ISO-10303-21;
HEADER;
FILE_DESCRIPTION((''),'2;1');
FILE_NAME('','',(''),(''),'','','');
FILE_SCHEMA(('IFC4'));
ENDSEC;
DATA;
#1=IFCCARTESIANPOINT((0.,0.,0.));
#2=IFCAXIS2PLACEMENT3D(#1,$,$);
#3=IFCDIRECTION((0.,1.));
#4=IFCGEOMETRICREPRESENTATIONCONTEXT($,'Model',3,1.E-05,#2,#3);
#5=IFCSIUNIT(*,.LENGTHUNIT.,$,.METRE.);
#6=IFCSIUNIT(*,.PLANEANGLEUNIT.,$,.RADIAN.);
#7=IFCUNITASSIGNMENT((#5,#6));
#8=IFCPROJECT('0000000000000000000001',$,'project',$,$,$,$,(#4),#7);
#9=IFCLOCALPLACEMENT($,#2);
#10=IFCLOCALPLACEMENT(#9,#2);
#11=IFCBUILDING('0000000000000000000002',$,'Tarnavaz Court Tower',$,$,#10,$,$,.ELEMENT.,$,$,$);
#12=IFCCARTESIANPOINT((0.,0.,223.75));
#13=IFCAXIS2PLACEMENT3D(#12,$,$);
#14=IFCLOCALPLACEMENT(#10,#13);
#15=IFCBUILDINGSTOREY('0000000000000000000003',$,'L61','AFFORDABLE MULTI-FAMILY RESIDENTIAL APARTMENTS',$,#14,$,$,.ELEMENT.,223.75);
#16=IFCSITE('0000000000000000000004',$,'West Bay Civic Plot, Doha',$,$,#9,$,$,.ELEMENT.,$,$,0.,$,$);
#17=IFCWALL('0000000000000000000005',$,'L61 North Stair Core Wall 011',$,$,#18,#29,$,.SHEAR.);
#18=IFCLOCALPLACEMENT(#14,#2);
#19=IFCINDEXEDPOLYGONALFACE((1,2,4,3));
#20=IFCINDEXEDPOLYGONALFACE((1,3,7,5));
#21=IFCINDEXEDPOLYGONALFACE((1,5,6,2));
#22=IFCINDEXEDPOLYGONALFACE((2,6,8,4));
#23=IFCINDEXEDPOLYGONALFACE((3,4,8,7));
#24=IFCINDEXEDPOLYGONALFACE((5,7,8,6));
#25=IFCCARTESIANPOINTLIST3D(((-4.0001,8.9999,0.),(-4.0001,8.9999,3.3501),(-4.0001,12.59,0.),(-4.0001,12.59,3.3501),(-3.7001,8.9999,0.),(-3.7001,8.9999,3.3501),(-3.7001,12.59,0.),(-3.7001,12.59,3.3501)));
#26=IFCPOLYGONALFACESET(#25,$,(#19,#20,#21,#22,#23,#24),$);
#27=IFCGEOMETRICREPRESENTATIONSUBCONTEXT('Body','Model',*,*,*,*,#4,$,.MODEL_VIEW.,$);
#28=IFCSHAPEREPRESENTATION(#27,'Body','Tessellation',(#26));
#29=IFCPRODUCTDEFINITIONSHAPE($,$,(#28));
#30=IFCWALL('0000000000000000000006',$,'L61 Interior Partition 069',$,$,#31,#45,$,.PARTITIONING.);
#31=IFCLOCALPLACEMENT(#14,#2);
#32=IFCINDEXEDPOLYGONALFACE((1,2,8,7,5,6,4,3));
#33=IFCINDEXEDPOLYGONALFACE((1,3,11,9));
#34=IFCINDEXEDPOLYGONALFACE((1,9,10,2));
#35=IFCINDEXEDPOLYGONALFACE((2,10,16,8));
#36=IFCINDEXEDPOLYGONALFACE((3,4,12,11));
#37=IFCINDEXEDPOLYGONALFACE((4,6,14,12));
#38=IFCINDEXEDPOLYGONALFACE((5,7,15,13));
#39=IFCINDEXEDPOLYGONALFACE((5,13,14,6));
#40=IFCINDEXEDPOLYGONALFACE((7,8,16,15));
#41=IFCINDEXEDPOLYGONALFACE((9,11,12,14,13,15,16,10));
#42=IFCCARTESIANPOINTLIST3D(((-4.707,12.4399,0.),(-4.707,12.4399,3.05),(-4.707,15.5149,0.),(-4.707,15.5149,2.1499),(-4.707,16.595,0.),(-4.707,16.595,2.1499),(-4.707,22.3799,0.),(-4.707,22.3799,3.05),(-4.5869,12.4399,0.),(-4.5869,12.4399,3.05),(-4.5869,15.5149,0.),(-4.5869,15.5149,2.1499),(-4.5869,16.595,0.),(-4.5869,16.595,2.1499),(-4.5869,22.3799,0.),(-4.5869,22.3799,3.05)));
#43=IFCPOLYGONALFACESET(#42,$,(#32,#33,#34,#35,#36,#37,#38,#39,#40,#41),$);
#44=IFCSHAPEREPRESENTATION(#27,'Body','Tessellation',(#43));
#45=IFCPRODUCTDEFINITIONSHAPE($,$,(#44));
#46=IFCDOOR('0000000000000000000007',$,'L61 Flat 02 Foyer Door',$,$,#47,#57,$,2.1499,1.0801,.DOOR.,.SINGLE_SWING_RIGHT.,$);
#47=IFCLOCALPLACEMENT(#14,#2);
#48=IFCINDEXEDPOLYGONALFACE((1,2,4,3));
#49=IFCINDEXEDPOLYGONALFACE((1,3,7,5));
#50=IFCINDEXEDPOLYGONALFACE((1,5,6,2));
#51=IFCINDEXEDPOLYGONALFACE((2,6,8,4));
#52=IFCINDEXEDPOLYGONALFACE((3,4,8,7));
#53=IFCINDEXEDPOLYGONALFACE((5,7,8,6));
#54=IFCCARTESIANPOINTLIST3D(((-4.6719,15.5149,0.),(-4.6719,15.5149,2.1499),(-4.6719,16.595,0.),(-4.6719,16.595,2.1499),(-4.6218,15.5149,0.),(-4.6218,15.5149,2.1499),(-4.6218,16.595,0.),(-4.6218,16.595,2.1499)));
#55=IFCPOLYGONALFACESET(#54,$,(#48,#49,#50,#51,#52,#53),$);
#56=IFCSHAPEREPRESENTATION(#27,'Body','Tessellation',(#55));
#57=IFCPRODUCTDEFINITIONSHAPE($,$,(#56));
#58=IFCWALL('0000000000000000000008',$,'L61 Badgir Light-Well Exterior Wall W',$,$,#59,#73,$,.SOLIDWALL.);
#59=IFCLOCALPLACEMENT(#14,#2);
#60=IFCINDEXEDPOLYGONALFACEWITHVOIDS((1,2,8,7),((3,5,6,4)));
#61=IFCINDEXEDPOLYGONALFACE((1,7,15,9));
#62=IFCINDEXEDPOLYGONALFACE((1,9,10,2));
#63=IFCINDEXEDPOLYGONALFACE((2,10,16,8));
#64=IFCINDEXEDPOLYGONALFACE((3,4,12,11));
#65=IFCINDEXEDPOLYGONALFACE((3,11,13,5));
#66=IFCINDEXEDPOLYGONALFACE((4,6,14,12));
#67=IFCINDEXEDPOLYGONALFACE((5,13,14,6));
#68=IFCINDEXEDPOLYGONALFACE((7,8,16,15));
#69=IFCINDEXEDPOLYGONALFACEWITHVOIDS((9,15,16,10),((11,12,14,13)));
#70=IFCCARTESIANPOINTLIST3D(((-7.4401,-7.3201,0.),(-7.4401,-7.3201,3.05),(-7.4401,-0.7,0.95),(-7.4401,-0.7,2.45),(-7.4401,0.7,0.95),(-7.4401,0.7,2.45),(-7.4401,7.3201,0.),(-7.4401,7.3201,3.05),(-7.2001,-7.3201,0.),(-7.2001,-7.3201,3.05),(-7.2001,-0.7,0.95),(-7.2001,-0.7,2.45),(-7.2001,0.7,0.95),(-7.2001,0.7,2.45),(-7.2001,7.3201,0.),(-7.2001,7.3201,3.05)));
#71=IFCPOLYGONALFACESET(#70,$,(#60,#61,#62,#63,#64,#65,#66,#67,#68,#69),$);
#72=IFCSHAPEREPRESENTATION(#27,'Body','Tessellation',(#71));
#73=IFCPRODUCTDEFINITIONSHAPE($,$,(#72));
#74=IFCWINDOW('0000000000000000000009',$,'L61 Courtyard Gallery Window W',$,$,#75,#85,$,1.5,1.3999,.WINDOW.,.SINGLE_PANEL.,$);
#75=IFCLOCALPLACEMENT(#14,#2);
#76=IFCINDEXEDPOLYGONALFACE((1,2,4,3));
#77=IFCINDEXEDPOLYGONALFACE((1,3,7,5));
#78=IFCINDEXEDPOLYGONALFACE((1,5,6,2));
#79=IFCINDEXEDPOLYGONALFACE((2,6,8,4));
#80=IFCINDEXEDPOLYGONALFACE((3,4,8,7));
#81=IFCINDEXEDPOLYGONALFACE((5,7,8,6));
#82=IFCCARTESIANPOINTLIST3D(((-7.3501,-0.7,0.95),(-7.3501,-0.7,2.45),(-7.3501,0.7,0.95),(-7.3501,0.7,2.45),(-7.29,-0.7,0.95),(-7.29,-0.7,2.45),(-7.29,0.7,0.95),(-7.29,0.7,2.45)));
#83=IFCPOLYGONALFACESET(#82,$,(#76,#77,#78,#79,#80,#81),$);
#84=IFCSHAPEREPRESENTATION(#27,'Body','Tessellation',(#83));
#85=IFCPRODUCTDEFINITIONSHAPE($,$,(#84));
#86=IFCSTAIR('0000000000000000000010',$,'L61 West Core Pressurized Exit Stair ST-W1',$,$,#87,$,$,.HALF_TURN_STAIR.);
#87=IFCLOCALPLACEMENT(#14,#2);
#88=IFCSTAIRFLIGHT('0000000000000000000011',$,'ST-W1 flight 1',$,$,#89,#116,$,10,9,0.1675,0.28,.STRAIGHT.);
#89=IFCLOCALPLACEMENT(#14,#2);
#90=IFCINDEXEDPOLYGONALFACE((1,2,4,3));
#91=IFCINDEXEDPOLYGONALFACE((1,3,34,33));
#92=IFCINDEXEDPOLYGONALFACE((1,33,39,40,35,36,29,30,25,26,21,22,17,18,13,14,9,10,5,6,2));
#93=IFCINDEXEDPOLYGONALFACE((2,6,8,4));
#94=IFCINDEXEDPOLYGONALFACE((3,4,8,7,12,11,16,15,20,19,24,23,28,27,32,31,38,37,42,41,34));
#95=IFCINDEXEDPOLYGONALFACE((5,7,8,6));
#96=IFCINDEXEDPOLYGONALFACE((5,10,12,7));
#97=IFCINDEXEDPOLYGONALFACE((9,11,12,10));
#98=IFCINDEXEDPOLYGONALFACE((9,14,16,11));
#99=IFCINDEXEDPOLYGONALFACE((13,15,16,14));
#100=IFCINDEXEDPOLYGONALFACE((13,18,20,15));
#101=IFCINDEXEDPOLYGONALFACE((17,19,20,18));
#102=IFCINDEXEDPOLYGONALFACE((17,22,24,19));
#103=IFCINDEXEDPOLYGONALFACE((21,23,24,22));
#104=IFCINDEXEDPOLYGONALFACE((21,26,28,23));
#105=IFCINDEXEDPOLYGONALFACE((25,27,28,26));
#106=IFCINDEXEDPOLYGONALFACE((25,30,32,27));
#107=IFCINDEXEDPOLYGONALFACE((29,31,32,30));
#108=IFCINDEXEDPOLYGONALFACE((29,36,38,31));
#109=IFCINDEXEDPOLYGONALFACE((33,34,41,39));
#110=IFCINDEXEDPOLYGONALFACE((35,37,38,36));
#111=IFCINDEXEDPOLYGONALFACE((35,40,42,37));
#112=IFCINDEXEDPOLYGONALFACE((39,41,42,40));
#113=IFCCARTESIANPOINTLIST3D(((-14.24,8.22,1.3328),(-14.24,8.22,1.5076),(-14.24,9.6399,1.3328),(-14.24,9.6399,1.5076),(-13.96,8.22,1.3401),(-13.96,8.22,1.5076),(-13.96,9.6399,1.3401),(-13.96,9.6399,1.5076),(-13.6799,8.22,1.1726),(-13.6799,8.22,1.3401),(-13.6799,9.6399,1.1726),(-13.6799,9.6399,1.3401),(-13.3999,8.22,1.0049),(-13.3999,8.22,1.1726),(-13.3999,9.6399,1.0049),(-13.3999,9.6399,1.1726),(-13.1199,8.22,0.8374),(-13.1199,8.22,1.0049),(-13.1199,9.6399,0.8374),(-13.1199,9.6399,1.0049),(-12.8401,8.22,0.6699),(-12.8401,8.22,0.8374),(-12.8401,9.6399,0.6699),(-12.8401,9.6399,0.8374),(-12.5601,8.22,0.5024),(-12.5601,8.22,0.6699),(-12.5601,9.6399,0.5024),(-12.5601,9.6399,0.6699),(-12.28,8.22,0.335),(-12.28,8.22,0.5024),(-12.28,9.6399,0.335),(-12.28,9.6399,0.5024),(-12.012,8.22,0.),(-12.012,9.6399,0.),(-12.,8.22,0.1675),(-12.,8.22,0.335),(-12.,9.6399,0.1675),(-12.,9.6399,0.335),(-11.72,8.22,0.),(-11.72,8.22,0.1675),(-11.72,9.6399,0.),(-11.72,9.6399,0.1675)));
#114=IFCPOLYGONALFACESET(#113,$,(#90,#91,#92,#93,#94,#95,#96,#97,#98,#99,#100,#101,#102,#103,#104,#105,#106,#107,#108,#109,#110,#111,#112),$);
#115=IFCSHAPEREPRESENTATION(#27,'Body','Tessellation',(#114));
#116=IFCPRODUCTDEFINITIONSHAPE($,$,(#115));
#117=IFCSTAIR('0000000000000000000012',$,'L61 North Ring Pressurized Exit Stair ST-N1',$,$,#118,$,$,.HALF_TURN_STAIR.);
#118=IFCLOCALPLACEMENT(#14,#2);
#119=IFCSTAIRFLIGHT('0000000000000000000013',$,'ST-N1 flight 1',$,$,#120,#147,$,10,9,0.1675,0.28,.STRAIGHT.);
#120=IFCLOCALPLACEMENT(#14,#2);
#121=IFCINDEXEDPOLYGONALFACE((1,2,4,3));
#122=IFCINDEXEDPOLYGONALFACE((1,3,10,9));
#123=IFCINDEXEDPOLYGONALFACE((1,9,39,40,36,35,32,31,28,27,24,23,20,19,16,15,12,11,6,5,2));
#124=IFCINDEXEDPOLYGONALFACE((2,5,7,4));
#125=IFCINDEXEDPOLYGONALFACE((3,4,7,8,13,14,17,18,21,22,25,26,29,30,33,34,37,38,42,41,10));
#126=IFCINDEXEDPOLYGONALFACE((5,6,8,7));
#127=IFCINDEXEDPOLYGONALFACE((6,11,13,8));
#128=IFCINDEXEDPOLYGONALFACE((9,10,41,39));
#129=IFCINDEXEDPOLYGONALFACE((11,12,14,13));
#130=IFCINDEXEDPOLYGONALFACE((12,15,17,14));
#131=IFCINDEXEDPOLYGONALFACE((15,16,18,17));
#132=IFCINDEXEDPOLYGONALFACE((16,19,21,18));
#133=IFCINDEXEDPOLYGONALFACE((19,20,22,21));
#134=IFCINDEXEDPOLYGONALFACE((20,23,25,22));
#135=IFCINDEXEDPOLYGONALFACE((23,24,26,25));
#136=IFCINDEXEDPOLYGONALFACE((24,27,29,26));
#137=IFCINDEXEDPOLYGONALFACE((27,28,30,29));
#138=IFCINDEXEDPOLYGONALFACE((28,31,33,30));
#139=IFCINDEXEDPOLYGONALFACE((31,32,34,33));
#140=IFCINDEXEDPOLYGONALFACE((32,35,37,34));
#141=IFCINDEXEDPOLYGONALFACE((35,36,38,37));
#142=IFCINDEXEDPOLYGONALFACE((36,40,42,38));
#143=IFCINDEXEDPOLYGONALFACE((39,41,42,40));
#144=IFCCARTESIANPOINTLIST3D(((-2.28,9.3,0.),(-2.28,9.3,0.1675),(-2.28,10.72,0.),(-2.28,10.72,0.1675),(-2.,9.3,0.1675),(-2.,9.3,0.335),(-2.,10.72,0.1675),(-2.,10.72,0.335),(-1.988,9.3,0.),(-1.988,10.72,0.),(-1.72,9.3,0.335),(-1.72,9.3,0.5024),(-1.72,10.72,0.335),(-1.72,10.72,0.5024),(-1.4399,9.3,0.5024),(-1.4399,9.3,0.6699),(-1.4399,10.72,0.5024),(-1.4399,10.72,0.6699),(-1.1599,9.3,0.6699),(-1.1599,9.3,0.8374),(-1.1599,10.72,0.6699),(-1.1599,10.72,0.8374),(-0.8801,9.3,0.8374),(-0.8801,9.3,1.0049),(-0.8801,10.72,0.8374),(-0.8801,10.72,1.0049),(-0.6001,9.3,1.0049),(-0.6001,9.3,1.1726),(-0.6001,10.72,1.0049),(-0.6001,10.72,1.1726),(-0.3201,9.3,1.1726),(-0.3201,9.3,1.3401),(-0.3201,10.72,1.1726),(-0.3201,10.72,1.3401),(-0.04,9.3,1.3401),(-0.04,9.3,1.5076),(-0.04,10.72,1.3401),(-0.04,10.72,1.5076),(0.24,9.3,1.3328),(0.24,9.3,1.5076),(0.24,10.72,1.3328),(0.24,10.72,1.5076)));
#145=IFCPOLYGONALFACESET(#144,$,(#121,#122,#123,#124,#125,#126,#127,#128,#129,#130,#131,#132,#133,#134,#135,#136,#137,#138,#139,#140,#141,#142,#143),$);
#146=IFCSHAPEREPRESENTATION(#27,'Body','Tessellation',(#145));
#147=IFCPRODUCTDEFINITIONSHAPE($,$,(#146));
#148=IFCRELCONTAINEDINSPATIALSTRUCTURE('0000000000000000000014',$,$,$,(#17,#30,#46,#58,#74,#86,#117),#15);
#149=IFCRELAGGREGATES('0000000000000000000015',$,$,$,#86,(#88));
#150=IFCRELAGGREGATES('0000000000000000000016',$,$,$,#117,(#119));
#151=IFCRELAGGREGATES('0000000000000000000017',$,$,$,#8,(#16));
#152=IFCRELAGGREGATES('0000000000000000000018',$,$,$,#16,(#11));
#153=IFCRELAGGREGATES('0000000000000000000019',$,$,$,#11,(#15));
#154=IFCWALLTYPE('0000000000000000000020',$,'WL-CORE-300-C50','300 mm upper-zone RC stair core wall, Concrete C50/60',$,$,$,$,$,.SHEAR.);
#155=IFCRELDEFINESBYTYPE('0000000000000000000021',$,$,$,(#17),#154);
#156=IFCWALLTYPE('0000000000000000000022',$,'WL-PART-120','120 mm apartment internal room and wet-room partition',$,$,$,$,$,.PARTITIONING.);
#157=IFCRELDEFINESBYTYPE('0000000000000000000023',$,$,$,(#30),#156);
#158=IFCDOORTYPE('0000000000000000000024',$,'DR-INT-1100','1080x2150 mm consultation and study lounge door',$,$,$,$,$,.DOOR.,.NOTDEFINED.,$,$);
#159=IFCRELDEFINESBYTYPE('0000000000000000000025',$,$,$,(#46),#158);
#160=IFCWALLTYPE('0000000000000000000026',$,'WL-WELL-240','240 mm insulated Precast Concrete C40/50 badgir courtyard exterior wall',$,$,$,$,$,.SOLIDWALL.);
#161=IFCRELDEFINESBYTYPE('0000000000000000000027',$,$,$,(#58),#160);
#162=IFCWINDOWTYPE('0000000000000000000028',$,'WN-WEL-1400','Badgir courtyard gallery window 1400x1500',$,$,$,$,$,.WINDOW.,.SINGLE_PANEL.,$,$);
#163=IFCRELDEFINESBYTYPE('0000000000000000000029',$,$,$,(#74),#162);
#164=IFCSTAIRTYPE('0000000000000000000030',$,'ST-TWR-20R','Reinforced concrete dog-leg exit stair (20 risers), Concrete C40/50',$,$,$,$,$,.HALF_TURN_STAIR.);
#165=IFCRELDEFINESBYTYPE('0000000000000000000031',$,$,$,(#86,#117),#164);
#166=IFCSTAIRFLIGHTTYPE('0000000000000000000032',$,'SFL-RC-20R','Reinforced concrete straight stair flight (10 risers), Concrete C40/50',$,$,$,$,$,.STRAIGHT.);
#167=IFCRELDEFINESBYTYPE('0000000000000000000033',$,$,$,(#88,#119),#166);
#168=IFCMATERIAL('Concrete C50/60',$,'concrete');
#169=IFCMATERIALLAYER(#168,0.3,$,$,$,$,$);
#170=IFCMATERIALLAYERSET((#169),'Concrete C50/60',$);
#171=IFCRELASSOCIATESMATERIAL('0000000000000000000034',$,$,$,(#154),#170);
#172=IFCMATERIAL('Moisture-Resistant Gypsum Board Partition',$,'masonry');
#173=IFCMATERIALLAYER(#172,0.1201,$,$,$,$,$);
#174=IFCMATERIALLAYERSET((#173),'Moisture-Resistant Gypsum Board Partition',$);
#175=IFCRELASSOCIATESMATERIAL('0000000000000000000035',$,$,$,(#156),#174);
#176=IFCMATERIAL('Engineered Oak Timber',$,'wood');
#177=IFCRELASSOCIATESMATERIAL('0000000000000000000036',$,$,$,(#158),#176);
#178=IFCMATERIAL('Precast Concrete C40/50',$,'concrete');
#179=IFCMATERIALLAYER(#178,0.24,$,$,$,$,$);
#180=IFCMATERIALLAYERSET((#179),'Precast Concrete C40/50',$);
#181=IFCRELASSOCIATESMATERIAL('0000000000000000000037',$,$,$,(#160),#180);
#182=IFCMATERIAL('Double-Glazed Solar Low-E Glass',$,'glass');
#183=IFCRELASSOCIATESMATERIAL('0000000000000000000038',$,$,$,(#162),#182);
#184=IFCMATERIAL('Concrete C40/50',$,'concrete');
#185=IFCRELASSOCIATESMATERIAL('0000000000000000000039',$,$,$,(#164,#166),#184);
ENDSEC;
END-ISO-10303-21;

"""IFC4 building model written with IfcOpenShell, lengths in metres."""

from ifc_helpers import new_model, si_unit, direction, frame, frame_2d, origin, place, context, subcontext, project, spatial, polyline, rectangle, outline, extrude, material, layer, layer_set, type_object, element, fill, aggregate, save


model = new_model("IFC4")

# Units and contexts
model_context = context("Model", 3, precision=1e-05, world=origin(), true_north=direction((0.0, 1.0)))
body_context = subcontext(model_context, "Body", "Model", "MODEL_VIEW")
ifc_project = project(units=[si_unit("LENGTHUNIT", "METRE"), si_unit("PLANEANGLEUNIT", "RADIAN")], contexts=[model_context])

# Site, building, storey
site_placement = place(None, origin())
site = spatial("IfcSite", under=ifc_project, at=site_placement, Name="West Bay Civic Plot, Doha", CompositionType="ELEMENT", RefElevation=0.0)
building_placement = place(site_placement, origin())
building = spatial("IfcBuilding", under=site, at=building_placement, Name="Tarnavaz Court Tower", CompositionType="ELEMENT")
storey_placement = place(building_placement, frame((0.0, 0.0, 223.75)))
storey = spatial("IfcBuildingStorey", under=building, at=storey_placement, Name="L61", Description="AFFORDABLE MULTI-FAMILY RESIDENTIAL APARTMENTS", CompositionType="ELEMENT", Elevation=223.75)

# Shared definitions
ifc_material_1 = material(Name="Concrete C50/60", Category="concrete")

# Shared definitions
ifc_layer_1 = layer(ifc_material_1, 0.3)
ifc_layer_set_1 = layer_set([ifc_layer_1], Name="Concrete C50/60")
wall_type_1 = type_object("IfcWallType", Name="WL-CORE-300-C50", Description="300 mm upper-zone RC stair core wall, Concrete C50/60", PredefinedType="SHEAR", material=ifc_layer_set_1)

# Wall
wall_1_placement = place(storey_placement, frame((-3.8501, 9.0, 0.0), z_axis=(0.0, 0.0, 1.0), x_axis=(0.0, 1.0, 0.0)))
element("IfcWall", 1, at=wall_1_placement, inside=storey, type_object=wall_type_1, Name="L61 North Stair Core Wall 011", PredefinedType="SHEAR", context=body_context, shape_type="SweptSolid", body=[
    extrude(rectangle(XDim=3.5901, YDim=0.3, at=frame_2d((1.7949, 0.0))), origin(), (0.0, 0.0, 1.0), 3.3501),
])

# Wall, opening, door
ifc_material_2 = material(Name="Moisture-Resistant Gypsum Board Partition", Category="masonry")
ifc_layer_2 = layer(ifc_material_2, 0.1201)
ifc_layer_set_2 = layer_set([ifc_layer_2], Name="Moisture-Resistant Gypsum Board Partition")
wall_type_2 = type_object("IfcWallType", Name="WL-PART-120", Description="120 mm apartment internal room and wet-room partition", PredefinedType="PARTITIONING", material=ifc_layer_set_2)
wall_2_placement = place(storey_placement, frame((-4.647, 12.4399, 0.0), z_axis=(0.0, 0.0, 1.0), x_axis=(0.0, 1.0, 0.0)))
wall_2 = element("IfcWall", 2, at=wall_2_placement, inside=storey, type_object=wall_type_2, Name="L61 Interior Partition 069", PredefinedType="PARTITIONING", context=body_context, shape_type="SweptSolid", body=[
    extrude(rectangle(XDim=9.9399, YDim=0.1201, at=frame_2d((4.97, 0.0))), origin(), (0.0, 0.0, 1.0), 3.05),
])
opening_1_placement = place(wall_2_placement, frame((3.075, 0.0, 0.0)))
opening_1 = element("IfcOpeningElement", 3, at=opening_1_placement, cuts=wall_2, PredefinedType="OPENING", context=body_context, shape_type="SweptSolid", body=[
    extrude(rectangle(XDim=1.0801, YDim=2.1499, at=frame_2d((0.54, 1.075))), frame((0.0, 0.0701, 0.0), z_axis=(0.0, -1.0, 0.0), x_axis=(1.0, 0.0, 0.0)), (0.0, 0.0, 1.0), 0.1401),
])
ifc_material_3 = material(Name="Engineered Oak Timber", Category="wood")
door_type_1 = type_object("IfcDoorType", Name="DR-INT-1100", Description="1080x2150 mm consultation and study lounge door", OperationType="NOTDEFINED", PredefinedType="DOOR", material=ifc_material_3)
door_1_placement = place(opening_1_placement, origin())
door_1 = element("IfcDoor", 4, at=door_1_placement, inside=storey, type_object=door_type_1, Name="L61 Flat 02 Foyer Door", OperationType="SINGLE_SWING_RIGHT", OverallHeight=2.1499, OverallWidth=1.0801, PredefinedType="DOOR", context=body_context, shape_type="SweptSolid", body=[
    extrude(rectangle(XDim=1.0801, YDim=2.1499, at=frame_2d((0.54, 1.075))), frame((0.0, 0.0249, 0.0), z_axis=(0.0, -1.0, 0.0), x_axis=(1.0, 0.0, 0.0)), (0.0, 0.0, 1.0), 0.05),
])
fill(opening_1, door_1)

# Wall, opening, window
ifc_material_4 = material(Name="Precast Concrete C40/50", Category="concrete")
ifc_layer_3 = layer(ifc_material_4, 0.24)
ifc_layer_set_3 = layer_set([ifc_layer_3], Name="Precast Concrete C40/50")
wall_type_3 = type_object("IfcWallType", Name="WL-WELL-240", Description="240 mm insulated Precast Concrete C40/50 badgir courtyard exterior wall", PredefinedType="SOLIDWALL", material=ifc_layer_set_3)
wall_3_placement = place(storey_placement, frame((-7.3201, 7.3201, 0.0), z_axis=(0.0, 0.0, 1.0), x_axis=(0.0, -1.0, 0.0)))
wall_3 = element("IfcWall", 5, at=wall_3_placement, inside=storey, type_object=wall_type_3, Name="L61 Badgir Light-Well Exterior Wall W", PredefinedType="SOLIDWALL", context=body_context, shape_type="SweptSolid", body=[
    extrude(rectangle(XDim=14.6401, YDim=0.24, at=frame_2d((7.3201, 0.0))), origin(), (0.0, 0.0, 1.0), 3.05),
])
opening_2_placement = place(wall_3_placement, frame((6.6201, 0.0, 0.95)))
opening_2 = element("IfcOpeningElement", 6, at=opening_2_placement, cuts=wall_3, PredefinedType="OPENING", context=body_context, shape_type="SweptSolid", body=[
    extrude(rectangle(XDim=1.3999, YDim=1.5, at=frame_2d((0.7, 0.75))), frame((0.0, 0.1299, 0.0), z_axis=(0.0, -1.0, 0.0), x_axis=(1.0, 0.0, 0.0)), (0.0, 0.0, 1.0), 0.26),
])
ifc_material_5 = material(Name="Double-Glazed Solar Low-E Glass", Category="glass")
window_type = type_object("IfcWindowType", Name="WN-WEL-1400", Description="Badgir courtyard gallery window 1400x1500", PartitioningType="SINGLE_PANEL", PredefinedType="WINDOW", material=ifc_material_5)
window_placement = place(opening_2_placement, origin())
window = element("IfcWindow", 7, at=window_placement, inside=storey, type_object=window_type, Name="L61 Courtyard Gallery Window W", OverallHeight=1.5, OverallWidth=1.3999, PartitioningType="SINGLE_PANEL", PredefinedType="WINDOW", context=body_context, shape_type="SweptSolid", body=[
    extrude(rectangle(XDim=1.3999, YDim=1.5, at=frame_2d((0.7, 0.75))), frame((0.0, 0.03, 0.0), z_axis=(0.0, -1.0, 0.0), x_axis=(1.0, 0.0, 0.0)), (0.0, 0.0, 1.0), 0.0601),
])
fill(opening_2, window)

# Stairs, stair flights
ifc_material_6 = material(Name="Concrete C40/50", Category="concrete")
stair_type = type_object("IfcStairType", Name="ST-TWR-20R", Description="Reinforced concrete dog-leg exit stair (20 risers), Concrete C40/50", PredefinedType="HALF_TURN_STAIR", material=ifc_material_6)
stair_1_placement = place(storey_placement, origin())
stair_1 = element("IfcStair", 8, at=stair_1_placement, inside=storey, type_object=stair_type, Name="L61 West Core Pressurized Exit Stair ST-W1", PredefinedType="HALF_TURN_STAIR")
stair_flight_type = type_object("IfcStairFlightType", Name="SFL-RC-20R", Description="Reinforced concrete straight stair flight (10 risers), Concrete C40/50", PredefinedType="STRAIGHT", material=ifc_material_6)
stair_flight_1_placement = place(storey_placement, frame((-11.72, 8.9299, 0.0), z_axis=(0.0, 0.0, 1.0), x_axis=(-1.0, 0.0, 0.0)))
stair_flight_1 = element("IfcStairFlight", 9, at=stair_flight_1_placement, type_object=stair_flight_type, Name="ST-W1 flight 1", NumberOfRisers=10, NumberOfTreads=9, PredefinedType="STRAIGHT", RiserHeight=0.1675, TreadLength=0.28, context=body_context, shape_type="SweptSolid", body=[
    extrude(outline(polyline([(0.0, 0.0), (0.0, 0.1675), (0.28, 0.1675), (0.28, 0.335), (0.5601, 0.335), (0.5601, 0.5024), (0.8401, 0.5024), (0.8401, 0.6699), (1.1201, 0.6699), (1.1201, 0.8374), (1.3999, 0.8374), (1.3999, 1.0049), (1.6799, 1.0049), (1.6799, 1.1726), (1.96, 1.1726), (1.96, 1.3401), (2.24, 1.3401), (2.24, 1.5076), (2.52, 1.5076), (2.52, 1.675), (2.52, 1.3328), (0.292, 0.0), (0.0, 0.0)])), frame((0.0, 0.71, 0.0), z_axis=(0.0, -1.0, 0.0), x_axis=(1.0, 0.0, 0.0)), (0.0, 0.0, 1.0), 1.4199),
])
aggregate(stair_1, [stair_flight_1])
stair_2_placement = place(storey_placement, origin())
stair_2 = element("IfcStair", 10, at=stair_2_placement, inside=storey, type_object=stair_type, Name="L61 North Ring Pressurized Exit Stair ST-N1", PredefinedType="HALF_TURN_STAIR")
stair_flight_2_placement = place(storey_placement, frame((-2.28, 10.01, 0.0), z_axis=(0.0, 0.0, 1.0), x_axis=(1.0, 0.0, 0.0)))
stair_flight_2 = element("IfcStairFlight", 11, at=stair_flight_2_placement, type_object=stair_flight_type, Name="ST-N1 flight 1", NumberOfRisers=10, NumberOfTreads=9, PredefinedType="STRAIGHT", RiserHeight=0.1675, TreadLength=0.28, context=body_context, shape_type="SweptSolid", body=[
    extrude(outline(polyline([(0.0, 0.0), (0.0, 0.1675), (0.28, 0.1675), (0.28, 0.335), (0.5601, 0.335), (0.5601, 0.5024), (0.8401, 0.5024), (0.8401, 0.6699), (1.1201, 0.6699), (1.1201, 0.8374), (1.3999, 0.8374), (1.3999, 1.0049), (1.6799, 1.0049), (1.6799, 1.1726), (1.96, 1.1726), (1.96, 1.3401), (2.24, 1.3401), (2.24, 1.5076), (2.52, 1.5076), (2.52, 1.675), (2.52, 1.3328), (0.292, 0.0), (0.0, 0.0)])), frame((0.0, 0.71, 0.0), z_axis=(0.0, -1.0, 0.0), x_axis=(1.0, 0.0, 0.0)), (0.0, 0.0, 1.0), 1.4199),
])
aggregate(stair_2, [stair_flight_2])

save(model, "model.ifc")
